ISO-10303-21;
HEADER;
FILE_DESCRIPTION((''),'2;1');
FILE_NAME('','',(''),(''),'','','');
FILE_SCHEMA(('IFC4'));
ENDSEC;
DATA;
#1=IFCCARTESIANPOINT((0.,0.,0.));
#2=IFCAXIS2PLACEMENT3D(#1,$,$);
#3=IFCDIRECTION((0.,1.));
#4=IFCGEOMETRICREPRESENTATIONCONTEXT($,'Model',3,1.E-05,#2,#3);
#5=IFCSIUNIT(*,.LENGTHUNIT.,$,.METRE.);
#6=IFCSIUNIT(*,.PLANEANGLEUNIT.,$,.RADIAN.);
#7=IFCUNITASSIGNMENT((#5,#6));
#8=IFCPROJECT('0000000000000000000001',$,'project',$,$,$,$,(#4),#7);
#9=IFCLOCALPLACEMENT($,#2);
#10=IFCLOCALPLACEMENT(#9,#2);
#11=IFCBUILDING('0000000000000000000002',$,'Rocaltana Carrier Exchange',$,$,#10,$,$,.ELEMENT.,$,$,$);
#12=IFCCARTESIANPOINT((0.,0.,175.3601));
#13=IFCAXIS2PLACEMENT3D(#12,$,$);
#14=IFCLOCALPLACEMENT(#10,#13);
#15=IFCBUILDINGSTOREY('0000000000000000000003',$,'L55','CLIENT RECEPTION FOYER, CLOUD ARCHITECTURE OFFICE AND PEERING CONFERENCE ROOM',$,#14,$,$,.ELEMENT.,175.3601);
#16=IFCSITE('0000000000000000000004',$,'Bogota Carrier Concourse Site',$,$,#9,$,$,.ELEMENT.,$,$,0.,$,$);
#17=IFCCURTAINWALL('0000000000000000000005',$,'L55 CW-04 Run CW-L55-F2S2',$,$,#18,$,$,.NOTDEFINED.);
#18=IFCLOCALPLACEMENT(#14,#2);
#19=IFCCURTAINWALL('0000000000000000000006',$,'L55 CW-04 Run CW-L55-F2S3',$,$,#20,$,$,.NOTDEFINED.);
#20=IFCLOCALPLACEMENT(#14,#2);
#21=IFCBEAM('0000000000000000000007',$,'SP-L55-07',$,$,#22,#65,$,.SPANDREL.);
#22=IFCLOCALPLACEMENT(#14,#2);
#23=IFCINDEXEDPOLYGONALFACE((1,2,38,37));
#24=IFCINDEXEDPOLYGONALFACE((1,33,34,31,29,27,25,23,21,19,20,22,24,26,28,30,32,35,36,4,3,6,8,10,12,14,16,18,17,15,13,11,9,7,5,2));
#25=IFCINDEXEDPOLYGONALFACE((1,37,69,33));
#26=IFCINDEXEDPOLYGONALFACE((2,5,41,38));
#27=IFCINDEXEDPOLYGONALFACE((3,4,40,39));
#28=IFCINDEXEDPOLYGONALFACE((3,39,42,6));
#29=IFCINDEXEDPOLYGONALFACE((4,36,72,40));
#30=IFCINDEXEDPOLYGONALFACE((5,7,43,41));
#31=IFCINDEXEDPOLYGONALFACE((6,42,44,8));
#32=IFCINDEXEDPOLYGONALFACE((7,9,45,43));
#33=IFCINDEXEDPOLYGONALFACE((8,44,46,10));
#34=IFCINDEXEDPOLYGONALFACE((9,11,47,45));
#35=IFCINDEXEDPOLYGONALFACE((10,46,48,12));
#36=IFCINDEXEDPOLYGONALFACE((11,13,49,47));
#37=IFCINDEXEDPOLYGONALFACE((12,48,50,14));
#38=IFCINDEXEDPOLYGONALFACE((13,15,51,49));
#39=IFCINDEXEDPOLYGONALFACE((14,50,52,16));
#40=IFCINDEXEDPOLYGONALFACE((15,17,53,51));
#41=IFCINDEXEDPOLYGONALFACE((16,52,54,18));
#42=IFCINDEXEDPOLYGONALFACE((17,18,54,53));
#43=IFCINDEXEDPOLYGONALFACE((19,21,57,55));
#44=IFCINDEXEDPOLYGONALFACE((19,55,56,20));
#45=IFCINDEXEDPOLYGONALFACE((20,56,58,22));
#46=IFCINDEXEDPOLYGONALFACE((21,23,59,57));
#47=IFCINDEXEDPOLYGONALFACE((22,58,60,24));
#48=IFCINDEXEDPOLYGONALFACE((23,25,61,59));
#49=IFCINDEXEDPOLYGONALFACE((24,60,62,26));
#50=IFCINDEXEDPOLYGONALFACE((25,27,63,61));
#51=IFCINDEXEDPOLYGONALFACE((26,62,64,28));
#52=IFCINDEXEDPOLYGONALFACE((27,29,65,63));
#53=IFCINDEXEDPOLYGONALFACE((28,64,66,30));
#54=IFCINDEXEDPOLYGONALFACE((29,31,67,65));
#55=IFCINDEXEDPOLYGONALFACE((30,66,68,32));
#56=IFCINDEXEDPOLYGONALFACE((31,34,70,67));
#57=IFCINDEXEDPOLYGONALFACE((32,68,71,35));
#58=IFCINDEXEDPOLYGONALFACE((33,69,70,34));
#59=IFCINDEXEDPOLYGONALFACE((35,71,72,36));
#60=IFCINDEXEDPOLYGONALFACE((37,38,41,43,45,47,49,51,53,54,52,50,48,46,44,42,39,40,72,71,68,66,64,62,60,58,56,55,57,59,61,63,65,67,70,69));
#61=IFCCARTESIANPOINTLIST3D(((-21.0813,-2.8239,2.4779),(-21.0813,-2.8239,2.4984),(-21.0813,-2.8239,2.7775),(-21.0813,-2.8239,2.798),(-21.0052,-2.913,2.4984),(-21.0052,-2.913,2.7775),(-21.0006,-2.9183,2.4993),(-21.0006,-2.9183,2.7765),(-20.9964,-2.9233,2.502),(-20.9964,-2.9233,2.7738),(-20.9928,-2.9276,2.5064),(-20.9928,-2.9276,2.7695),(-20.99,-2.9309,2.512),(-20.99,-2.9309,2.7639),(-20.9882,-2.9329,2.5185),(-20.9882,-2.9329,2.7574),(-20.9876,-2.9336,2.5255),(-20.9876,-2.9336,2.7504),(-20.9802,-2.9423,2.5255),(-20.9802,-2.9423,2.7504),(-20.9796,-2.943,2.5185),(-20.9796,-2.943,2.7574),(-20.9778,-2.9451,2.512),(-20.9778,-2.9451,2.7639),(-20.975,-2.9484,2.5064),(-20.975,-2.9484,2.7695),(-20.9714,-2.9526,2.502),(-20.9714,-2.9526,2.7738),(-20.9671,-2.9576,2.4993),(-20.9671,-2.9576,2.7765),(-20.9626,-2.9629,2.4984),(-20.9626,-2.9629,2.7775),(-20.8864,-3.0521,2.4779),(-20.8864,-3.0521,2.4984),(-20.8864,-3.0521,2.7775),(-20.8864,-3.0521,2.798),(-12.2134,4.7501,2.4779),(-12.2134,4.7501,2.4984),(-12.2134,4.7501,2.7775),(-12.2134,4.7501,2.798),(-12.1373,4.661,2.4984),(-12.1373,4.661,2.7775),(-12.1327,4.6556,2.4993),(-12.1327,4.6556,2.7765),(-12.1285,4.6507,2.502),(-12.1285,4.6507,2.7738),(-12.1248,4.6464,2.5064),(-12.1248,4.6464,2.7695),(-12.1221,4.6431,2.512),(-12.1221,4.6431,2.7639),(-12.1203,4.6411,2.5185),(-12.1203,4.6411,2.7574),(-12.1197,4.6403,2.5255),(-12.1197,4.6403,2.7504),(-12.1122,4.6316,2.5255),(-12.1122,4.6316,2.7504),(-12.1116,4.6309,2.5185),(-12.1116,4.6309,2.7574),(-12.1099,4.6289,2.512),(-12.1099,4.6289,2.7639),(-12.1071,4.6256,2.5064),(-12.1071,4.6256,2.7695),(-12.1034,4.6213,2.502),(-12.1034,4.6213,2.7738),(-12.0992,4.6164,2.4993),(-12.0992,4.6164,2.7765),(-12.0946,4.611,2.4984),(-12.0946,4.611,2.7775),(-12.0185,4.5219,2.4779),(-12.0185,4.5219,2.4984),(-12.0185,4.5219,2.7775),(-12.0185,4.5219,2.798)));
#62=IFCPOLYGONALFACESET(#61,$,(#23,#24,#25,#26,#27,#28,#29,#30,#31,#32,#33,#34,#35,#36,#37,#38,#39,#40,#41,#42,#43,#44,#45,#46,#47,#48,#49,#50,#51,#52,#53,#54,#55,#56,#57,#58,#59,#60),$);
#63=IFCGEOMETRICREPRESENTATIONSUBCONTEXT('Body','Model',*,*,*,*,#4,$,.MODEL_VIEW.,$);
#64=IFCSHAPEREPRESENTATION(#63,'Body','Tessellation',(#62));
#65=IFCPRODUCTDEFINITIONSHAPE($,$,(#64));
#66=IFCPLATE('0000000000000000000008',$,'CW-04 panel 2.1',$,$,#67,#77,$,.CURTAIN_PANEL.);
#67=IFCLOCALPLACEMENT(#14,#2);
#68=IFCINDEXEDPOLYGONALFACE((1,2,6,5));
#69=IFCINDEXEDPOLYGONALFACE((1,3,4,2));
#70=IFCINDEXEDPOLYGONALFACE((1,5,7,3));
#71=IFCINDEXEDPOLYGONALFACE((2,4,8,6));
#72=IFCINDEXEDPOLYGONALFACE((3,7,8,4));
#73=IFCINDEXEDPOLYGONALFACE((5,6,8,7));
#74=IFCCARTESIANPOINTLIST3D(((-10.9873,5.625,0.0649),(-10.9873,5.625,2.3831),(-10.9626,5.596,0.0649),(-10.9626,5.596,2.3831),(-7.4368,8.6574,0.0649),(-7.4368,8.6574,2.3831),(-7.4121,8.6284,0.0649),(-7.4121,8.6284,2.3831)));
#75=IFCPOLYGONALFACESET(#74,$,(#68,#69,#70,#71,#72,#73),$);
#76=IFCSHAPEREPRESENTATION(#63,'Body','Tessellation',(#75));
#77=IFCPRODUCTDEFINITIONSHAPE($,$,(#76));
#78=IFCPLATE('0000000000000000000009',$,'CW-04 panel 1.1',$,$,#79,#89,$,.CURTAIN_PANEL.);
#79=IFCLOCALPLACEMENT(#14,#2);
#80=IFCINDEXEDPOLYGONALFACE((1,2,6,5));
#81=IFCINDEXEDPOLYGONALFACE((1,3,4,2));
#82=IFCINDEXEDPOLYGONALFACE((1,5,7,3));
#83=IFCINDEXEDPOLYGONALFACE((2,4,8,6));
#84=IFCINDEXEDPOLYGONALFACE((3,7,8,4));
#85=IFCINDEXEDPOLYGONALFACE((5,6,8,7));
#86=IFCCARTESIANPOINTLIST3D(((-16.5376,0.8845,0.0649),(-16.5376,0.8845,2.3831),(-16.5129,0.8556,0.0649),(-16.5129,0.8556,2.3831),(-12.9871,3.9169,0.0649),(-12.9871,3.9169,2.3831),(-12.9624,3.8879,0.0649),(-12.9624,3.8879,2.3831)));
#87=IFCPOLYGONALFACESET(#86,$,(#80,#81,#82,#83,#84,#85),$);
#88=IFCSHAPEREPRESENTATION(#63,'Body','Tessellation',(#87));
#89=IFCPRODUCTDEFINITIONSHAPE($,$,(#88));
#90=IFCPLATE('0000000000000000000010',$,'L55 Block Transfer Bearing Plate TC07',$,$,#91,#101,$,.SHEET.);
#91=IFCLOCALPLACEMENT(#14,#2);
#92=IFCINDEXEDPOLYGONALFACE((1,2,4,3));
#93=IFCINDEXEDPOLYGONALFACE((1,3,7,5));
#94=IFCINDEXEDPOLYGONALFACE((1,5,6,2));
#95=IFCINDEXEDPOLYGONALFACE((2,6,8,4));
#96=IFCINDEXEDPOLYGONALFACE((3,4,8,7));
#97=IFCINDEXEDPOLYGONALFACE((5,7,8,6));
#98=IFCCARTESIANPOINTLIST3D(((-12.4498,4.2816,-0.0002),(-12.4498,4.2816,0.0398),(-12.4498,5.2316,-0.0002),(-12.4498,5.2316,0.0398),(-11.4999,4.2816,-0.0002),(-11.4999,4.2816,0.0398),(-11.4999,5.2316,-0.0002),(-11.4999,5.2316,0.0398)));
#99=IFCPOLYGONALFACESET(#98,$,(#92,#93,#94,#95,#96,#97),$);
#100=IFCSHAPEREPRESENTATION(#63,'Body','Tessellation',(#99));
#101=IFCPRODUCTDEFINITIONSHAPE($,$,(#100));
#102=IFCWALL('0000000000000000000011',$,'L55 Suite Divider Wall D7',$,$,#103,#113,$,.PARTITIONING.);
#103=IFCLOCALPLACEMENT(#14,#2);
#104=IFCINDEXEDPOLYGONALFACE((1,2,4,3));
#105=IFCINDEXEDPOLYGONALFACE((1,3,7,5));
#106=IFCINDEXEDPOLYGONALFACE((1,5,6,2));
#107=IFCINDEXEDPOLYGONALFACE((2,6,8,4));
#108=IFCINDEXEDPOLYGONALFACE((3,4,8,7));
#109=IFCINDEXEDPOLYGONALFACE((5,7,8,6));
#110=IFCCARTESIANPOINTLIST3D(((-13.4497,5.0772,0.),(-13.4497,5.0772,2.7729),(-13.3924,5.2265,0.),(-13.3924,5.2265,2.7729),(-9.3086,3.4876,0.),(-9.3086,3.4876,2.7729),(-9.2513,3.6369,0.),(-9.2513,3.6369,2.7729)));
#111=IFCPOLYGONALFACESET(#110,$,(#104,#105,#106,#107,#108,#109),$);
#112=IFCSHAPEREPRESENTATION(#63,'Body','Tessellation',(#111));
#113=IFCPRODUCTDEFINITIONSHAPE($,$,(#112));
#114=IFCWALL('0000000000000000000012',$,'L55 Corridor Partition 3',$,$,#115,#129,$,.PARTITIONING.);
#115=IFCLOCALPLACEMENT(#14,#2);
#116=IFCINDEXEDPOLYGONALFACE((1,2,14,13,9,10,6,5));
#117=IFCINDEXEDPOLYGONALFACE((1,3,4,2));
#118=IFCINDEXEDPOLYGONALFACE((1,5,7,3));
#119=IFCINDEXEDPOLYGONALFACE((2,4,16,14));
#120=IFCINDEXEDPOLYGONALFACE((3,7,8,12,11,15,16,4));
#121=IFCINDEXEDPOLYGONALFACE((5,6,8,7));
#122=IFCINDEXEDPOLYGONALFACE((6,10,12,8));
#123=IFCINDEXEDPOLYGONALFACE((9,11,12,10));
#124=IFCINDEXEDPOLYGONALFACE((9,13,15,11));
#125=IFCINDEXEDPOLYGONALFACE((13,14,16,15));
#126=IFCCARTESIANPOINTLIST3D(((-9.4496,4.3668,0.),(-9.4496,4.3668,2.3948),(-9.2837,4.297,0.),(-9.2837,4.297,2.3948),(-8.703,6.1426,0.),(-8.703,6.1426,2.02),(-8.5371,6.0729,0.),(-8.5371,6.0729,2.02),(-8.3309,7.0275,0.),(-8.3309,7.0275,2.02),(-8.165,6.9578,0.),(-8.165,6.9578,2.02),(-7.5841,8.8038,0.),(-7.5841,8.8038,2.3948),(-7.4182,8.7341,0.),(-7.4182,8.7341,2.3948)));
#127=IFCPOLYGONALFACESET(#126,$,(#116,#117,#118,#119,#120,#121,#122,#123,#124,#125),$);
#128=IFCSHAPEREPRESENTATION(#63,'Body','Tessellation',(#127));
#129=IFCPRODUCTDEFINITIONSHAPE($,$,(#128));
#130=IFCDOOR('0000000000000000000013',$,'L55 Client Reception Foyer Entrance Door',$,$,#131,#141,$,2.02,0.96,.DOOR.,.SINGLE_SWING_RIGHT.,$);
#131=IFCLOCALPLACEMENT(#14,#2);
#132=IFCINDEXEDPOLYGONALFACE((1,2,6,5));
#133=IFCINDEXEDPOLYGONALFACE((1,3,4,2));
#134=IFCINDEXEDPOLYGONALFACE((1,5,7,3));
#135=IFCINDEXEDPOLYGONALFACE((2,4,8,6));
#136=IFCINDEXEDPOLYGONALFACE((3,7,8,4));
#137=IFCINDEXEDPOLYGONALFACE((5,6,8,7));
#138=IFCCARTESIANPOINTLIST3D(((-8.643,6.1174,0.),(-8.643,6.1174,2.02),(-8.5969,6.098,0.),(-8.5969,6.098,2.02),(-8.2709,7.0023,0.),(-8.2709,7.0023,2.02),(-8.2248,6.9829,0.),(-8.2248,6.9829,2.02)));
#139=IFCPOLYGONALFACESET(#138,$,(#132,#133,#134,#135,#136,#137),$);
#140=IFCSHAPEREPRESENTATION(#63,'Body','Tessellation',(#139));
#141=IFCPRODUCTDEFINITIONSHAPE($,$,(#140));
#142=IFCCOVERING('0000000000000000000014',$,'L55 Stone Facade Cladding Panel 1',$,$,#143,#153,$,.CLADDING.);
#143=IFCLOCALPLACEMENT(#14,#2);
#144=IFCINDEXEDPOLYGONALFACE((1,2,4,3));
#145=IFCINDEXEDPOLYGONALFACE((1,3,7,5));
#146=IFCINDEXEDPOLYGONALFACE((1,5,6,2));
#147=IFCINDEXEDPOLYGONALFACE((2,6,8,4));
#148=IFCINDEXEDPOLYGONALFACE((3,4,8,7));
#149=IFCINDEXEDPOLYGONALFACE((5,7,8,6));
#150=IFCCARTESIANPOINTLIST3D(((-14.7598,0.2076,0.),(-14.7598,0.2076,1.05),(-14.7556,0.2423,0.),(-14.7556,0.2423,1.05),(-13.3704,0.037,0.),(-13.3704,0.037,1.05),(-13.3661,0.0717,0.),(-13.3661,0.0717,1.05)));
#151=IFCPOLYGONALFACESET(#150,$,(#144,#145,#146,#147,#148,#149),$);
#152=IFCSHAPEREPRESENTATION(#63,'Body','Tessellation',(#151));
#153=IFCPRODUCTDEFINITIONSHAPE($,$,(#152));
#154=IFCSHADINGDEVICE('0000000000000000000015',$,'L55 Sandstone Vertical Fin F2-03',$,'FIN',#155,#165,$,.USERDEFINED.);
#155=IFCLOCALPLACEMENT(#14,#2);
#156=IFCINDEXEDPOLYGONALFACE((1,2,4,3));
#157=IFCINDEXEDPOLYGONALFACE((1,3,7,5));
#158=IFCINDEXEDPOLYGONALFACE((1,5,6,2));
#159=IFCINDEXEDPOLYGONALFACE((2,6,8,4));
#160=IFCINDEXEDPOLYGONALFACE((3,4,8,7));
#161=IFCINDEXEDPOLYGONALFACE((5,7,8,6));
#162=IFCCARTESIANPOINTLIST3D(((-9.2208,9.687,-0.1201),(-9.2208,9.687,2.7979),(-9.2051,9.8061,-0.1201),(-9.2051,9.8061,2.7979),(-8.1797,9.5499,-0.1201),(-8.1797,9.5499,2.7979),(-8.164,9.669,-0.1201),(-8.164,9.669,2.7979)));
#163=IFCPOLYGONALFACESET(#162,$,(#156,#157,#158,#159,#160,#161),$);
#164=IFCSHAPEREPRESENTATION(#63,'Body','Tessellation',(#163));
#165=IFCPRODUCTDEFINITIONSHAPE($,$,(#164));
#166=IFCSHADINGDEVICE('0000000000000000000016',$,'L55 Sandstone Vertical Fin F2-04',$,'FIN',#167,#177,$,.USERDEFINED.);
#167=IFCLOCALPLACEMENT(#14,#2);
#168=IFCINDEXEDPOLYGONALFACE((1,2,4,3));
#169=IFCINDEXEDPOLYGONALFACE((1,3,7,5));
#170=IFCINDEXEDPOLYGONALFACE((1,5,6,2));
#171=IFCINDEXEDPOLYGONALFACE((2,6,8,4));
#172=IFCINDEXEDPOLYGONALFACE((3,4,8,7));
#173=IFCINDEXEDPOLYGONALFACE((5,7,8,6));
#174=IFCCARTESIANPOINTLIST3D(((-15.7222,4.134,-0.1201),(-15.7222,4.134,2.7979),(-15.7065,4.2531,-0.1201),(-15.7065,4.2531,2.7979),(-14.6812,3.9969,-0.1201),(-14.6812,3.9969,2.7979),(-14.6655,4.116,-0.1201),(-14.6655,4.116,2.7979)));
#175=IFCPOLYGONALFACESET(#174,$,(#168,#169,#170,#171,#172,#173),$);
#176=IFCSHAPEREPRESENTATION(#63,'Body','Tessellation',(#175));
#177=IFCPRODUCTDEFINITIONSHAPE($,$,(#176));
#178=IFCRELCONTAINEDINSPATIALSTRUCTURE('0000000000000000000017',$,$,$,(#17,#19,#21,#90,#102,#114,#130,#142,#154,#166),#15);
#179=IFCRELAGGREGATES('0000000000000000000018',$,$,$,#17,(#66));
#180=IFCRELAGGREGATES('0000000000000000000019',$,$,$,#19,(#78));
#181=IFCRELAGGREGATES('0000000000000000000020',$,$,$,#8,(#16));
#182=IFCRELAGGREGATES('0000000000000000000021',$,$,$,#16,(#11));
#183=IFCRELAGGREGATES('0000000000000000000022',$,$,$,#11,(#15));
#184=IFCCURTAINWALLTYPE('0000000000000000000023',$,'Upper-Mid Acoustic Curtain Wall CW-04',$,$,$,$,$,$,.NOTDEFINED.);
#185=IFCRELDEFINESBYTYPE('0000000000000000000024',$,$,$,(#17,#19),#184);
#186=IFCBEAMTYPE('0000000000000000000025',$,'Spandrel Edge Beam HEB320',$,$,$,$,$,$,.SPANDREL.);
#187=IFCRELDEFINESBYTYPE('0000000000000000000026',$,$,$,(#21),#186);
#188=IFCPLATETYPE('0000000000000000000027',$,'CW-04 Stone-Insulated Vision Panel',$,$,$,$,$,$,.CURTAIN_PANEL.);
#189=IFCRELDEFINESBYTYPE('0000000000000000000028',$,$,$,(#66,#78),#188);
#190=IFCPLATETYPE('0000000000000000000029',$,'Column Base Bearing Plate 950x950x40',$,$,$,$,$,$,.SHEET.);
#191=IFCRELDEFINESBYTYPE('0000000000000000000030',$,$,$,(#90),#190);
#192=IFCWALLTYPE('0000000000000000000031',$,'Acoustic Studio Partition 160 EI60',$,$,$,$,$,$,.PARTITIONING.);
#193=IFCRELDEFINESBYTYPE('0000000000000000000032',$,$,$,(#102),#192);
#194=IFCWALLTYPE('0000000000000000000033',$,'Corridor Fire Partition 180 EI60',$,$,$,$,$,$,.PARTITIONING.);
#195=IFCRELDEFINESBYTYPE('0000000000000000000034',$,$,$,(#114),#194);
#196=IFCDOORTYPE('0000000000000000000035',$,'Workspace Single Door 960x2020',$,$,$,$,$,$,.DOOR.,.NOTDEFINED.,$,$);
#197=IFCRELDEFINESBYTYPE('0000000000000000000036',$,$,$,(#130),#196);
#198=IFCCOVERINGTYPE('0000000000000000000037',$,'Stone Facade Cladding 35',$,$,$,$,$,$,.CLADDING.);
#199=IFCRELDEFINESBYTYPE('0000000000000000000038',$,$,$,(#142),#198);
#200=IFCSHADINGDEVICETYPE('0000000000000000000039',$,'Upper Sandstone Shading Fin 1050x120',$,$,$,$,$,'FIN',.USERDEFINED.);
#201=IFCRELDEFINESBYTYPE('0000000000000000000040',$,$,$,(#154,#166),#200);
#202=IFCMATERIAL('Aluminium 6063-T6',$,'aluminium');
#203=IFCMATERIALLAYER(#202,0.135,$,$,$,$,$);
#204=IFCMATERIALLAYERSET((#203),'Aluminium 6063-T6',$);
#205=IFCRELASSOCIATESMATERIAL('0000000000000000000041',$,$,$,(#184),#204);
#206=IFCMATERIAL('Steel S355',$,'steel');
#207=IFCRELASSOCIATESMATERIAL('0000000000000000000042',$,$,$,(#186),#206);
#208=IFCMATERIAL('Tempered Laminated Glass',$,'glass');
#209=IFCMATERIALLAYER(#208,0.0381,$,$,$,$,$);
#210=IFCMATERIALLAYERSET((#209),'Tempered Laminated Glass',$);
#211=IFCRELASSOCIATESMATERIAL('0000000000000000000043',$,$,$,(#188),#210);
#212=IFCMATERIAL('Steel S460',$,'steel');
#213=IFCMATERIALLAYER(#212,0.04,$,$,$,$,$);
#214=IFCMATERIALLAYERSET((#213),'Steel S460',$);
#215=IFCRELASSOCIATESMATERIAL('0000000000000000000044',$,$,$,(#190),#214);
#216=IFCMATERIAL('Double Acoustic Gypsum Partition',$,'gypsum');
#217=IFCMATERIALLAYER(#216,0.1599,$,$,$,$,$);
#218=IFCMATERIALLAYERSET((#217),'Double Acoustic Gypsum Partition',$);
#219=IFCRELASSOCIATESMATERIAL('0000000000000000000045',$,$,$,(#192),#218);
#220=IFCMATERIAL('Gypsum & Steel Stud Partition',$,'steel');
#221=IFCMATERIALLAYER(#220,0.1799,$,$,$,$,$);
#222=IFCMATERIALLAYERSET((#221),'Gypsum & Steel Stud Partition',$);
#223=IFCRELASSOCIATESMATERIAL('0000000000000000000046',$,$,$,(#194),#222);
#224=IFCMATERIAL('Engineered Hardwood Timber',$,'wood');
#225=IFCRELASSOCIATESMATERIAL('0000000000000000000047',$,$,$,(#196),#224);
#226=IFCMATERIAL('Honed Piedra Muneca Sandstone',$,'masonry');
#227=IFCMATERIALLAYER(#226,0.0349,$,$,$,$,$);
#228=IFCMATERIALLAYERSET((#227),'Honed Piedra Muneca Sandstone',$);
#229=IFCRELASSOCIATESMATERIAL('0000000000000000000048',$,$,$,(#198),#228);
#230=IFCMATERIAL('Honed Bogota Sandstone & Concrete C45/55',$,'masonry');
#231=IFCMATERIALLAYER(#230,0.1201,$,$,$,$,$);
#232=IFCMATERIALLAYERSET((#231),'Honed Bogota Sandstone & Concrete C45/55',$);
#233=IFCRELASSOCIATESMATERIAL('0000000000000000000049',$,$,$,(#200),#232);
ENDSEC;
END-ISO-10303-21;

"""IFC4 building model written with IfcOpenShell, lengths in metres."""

from ifc_helpers import new_model, si_unit, direction, frame, frame_2d, origin, origin_2d, place, context, subcontext, project, spatial, rectangle, i_section, extrude, material, layer, layer_set, material_profile, profile_set, type_object, element, fill, aggregate, save


model = new_model("IFC4")

# Units and contexts
model_context = context("Model", 3, precision=1e-05, world=origin(), true_north=direction((0.0, 1.0)))
body_context = subcontext(model_context, "Body", "Model", "MODEL_VIEW")
ifc_project = project(units=[si_unit("LENGTHUNIT", "METRE"), si_unit("PLANEANGLEUNIT", "RADIAN")], contexts=[model_context])

# Site, building, storey
site_placement = place(None, origin())
site = spatial("IfcSite", under=ifc_project, at=site_placement, Name="Bogota Carrier Concourse Site", CompositionType="ELEMENT", RefElevation=0.0)
building_placement = place(site_placement, origin())
building = spatial("IfcBuilding", under=site, at=building_placement, Name="Rocaltana Carrier Exchange", CompositionType="ELEMENT")
storey_placement = place(building_placement, frame((0.0, 0.0, 175.3601)))
storey = spatial("IfcBuildingStorey", under=building, at=storey_placement, Name="L55", Description="CLIENT RECEPTION FOYER, CLOUD ARCHITECTURE OFFICE AND PEERING CONFERENCE ROOM", CompositionType="ELEMENT", Elevation=175.3601)

# Curtain wall
ifc_material_1 = material(Name="Aluminium 6063-T6", Category="aluminium")
ifc_layer_1 = layer(ifc_material_1, 0.135)
ifc_layer_set_1 = layer_set([ifc_layer_1], Name="Aluminium 6063-T6")
curtain_wall_type = type_object("IfcCurtainWallType", Name="Upper-Mid Acoustic Curtain Wall CW-04", PredefinedType="NOTDEFINED", material=ifc_layer_set_1)
curtain_wall_1_placement = place(storey_placement, origin())
curtain_wall_1 = element("IfcCurtainWall", 1, at=curtain_wall_1_placement, inside=storey, type_object=curtain_wall_type, Name="L55 CW-04 Run CW-L55-F2S2", PredefinedType="NOTDEFINED")

# Curtain wall
curtain_wall_2_placement = place(storey_placement, origin())
curtain_wall_2 = element("IfcCurtainWall", 2, at=curtain_wall_2_placement, inside=storey, type_object=curtain_wall_type, Name="L55 CW-04 Run CW-L55-F2S3", PredefinedType="NOTDEFINED")

# Beam
ifc_material_2 = material(Name="Steel S355", Category="steel")
ifc_material_profile_1 = material_profile(ifc_material_2, i_section(OverallWidth=0.3, OverallDepth=0.3201, WebThickness=0.0115, FlangeThickness=0.0205, FilletRadius=0.0271, at=origin_2d()), Name="HEB320")
ifc_profile_set_1 = profile_set([ifc_material_profile_1], Name="Steel S355")
beam_type_1 = type_object("IfcBeamType", Name="Spandrel Edge Beam HEB320", PredefinedType="SPANDREL", material=ifc_profile_set_1)
beam_1_placement = place(storey_placement, frame((-12.116, 4.636, 2.6379), z_axis=(-0.760404, -0.649451, 0.0), x_axis=(0.649451, -0.760404, 0.0)))
element("IfcBeam", 3, at=beam_1_placement, inside=storey, type_object=beam_type_1, Name="SP-L55-07", PredefinedType="SPANDREL", context=body_context, shape_type="SweptSolid", body=[
    extrude(i_section(OverallWidth=0.3, OverallDepth=0.3201, WebThickness=0.0115, FlangeThickness=0.0205, FilletRadius=0.0271, at=origin_2d()), origin(), (0.0, 0.0, 1.0), 11.6621),
])

# Plates
ifc_material_3 = material(Name="Tempered Laminated Glass", Category="glass")
ifc_layer_2 = layer(ifc_material_3, 0.0381)
ifc_layer_set_2 = layer_set([ifc_layer_2], Name="Tempered Laminated Glass")
plate_type_1 = type_object("IfcPlateType", Name="CW-04 Stone-Insulated Vision Panel", PredefinedType="CURTAIN_PANEL", material=ifc_layer_set_2)
plate_1_placement = place(storey_placement, frame((-9.1997, 7.1267, 0.0649), z_axis=(0.0, 0.0, 1.0), x_axis=(-0.760401, -0.649454, 0.0)))
plate_1 = element("IfcPlate", 4, at=plate_1_placement, type_object=plate_type_1, Name="CW-04 panel 2.1", PredefinedType="CURTAIN_PANEL", context=body_context, shape_type="SweptSolid", body=[
    extrude(rectangle(XDim=4.6692, YDim=0.0381, at=origin_2d()), origin(), (0.0, 0.0, 1.0), 2.3181),
])
aggregate(curtain_wall_1, [plate_1])
plate_2_placement = place(storey_placement, frame((-14.75, 2.3862, 0.0649), z_axis=(0.0, 0.0, 1.0), x_axis=(-0.760406, -0.649448, 0.0)))
plate_2 = element("IfcPlate", 5, at=plate_2_placement, type_object=plate_type_1, Name="CW-04 panel 1.1", PredefinedType="CURTAIN_PANEL", context=body_context, shape_type="SweptSolid", body=[
    extrude(rectangle(XDim=4.6692, YDim=0.0381, at=origin_2d()), origin(), (0.0, 0.0, 1.0), 2.3181),
])
aggregate(curtain_wall_2, [plate_2])
ifc_material_4 = material(Name="Steel S460", Category="steel")
ifc_layer_3 = layer(ifc_material_4, 0.04)
ifc_layer_set_3 = layer_set([ifc_layer_3], Name="Steel S460")
plate_type_2 = type_object("IfcPlateType", Name="Column Base Bearing Plate 950x950x40", PredefinedType="SHEET", material=ifc_layer_set_3)
plate_3_placement = place(storey_placement, frame((-11.9749, 4.7566, -0.0002), z_axis=(0.0, 0.0, 1.0), x_axis=(1.0, 0.0, 0.0)))
element("IfcPlate", 6, at=plate_3_placement, inside=storey, type_object=plate_type_2, Name="L55 Block Transfer Bearing Plate TC07", PredefinedType="SHEET", context=body_context, shape_type="SweptSolid", body=[
    extrude(rectangle(XDim=0.95, YDim=0.95, at=origin_2d()), origin(), (0.0, 0.0, 1.0), 0.04),
])

# Wall
ifc_material_5 = material(Name="Double Acoustic Gypsum Partition", Category="gypsum")
ifc_layer_4 = layer(ifc_material_5, 0.1599)
ifc_layer_set_4 = layer_set([ifc_layer_4], Name="Double Acoustic Gypsum Partition")
wall_type_1 = type_object("IfcWallType", Name="Acoustic Studio Partition 160 EI60", PredefinedType="PARTITIONING", material=ifc_layer_set_4)
wall_1_placement = place(storey_placement, frame((-9.28, 3.5623, 0.0), z_axis=(0.0, 0.0, 1.0), x_axis=(-0.933582, 0.358363, 0.0)))
element("IfcWall", 7, at=wall_1_placement, inside=storey, type_object=wall_type_1, Name="L55 Suite Divider Wall D7", PredefinedType="PARTITIONING", context=body_context, shape_type="SweptSolid", body=[
    extrude(rectangle(XDim=4.4358, YDim=0.1599, at=frame_2d((2.2178, 0.0))), origin(), (0.0, 0.0, 1.0), 2.7729),
])

# Wall, opening, door
ifc_material_6 = material(Name="Gypsum & Steel Stud Partition", Category="steel")
ifc_layer_5 = layer(ifc_material_6, 0.1799)
ifc_layer_set_5 = layer_set([ifc_layer_5], Name="Gypsum & Steel Stud Partition")
wall_type_2 = type_object("IfcWallType", Name="Corridor Fire Partition 180 EI60", PredefinedType="PARTITIONING", material=ifc_layer_set_5)
wall_2_placement = place(storey_placement, frame((-9.3667, 4.3318, 0.0), z_axis=(0.0, 0.0, 1.0), x_axis=(0.387574, 0.921839, 0.0)))
wall_2 = element("IfcWall", 8, at=wall_2_placement, inside=storey, type_object=wall_type_2, Name="L55 Corridor Partition 3", PredefinedType="PARTITIONING", context=body_context, shape_type="SweptSolid", body=[
    extrude(rectangle(XDim=4.8132, YDim=0.1799, at=frame_2d((2.4067, 0.0))), origin(), (0.0, 0.0, 1.0), 2.3948),
])
opening_placement = place(wall_2_placement, frame((1.9265, 0.0, 0.0)))
opening = element("IfcOpeningElement", 9, at=opening_placement, cuts=wall_2, PredefinedType="OPENING", context=body_context, shape_type="SweptSolid", body=[
    extrude(rectangle(XDim=0.96, YDim=2.02, at=frame_2d((0.48, 1.01))), frame((0.0, 0.0999, 0.0), z_axis=(0.0, -1.0, 0.0), x_axis=(1.0, 0.0, 0.0)), (0.0, 0.0, 1.0), 0.2),
])
ifc_material_7 = material(Name="Engineered Hardwood Timber", Category="wood")
door_type = type_object("IfcDoorType", Name="Workspace Single Door 960x2020", OperationType="NOTDEFINED", PredefinedType="DOOR", material=ifc_material_7)
door_placement = place(opening_placement, origin())
door = element("IfcDoor", 10, at=door_placement, inside=storey, type_object=door_type, Name="L55 Client Reception Foyer Entrance Door", OperationType="SINGLE_SWING_RIGHT", OverallHeight=2.02, OverallWidth=0.96, PredefinedType="DOOR", context=body_context, shape_type="SweptSolid", body=[
    extrude(rectangle(XDim=0.96, YDim=2.02, at=frame_2d((0.48, 1.01))), frame((0.0, 0.0249, 0.0), z_axis=(0.0, -1.0, 0.0), x_axis=(1.0, 0.0, 0.0)), (0.0, 0.0, 1.0), 0.05),
])
fill(opening, door)

# Covering
ifc_material_8 = material(Name="Honed Piedra Muneca Sandstone", Category="masonry")
ifc_layer_6 = layer(ifc_material_8, 0.0349)
ifc_layer_set_6 = layer_set([ifc_layer_6], Name="Honed Piedra Muneca Sandstone")
covering_type = type_object("IfcCoveringType", Name="Stone Facade Cladding 35", PredefinedType="CLADDING", material=ifc_layer_set_6)
covering_placement = place(storey_placement, frame((-14.063, 0.1396, 0.0), z_axis=(0.0, 0.0, 1.0), x_axis=(-0.992546, 0.121869, 0.0)))
element("IfcCovering", 11, at=covering_placement, inside=storey, type_object=covering_type, Name="L55 Stone Facade Cladding Panel 1", PredefinedType="CLADDING", context=body_context, shape_type="SweptSolid", body=[
    extrude(rectangle(XDim=1.3999, YDim=0.0349, at=origin_2d()), origin(), (0.0, 0.0, 1.0), 1.05),
])

# Shading devices
ifc_material_9 = material(Name="Honed Bogota Sandstone & Concrete C45/55", Category="masonry")
ifc_layer_7 = layer(ifc_material_9, 0.1201)
ifc_layer_set_7 = layer_set([ifc_layer_7], Name="Honed Bogota Sandstone & Concrete C45/55")
shading_device_type = type_object("IfcShadingDeviceType", Name="Upper Sandstone Shading Fin 1050x120", ElementType="FIN", PredefinedType="USERDEFINED", material=ifc_layer_set_7)
for number, where, z_axis, x_axis, name in (
    (12, (-8.6924, 9.678, -0.1201), (0.0, 0.0, 1.0), (-0.991445, 0.130526, 0.0), "L55 Sandstone Vertical Fin F2-03"),
    (13, (-15.1938, 4.125, -0.1201), (0.0, 0.0, 1.0), (-0.991445, 0.130526, 0.0), "L55 Sandstone Vertical Fin F2-04"),
):
    element("IfcShadingDevice", number, at=place(storey_placement, frame(where, z_axis=z_axis, x_axis=x_axis)), inside=storey, type_object=shading_device_type, Name=name, ObjectType="FIN", PredefinedType="USERDEFINED", context=body_context, shape_type="SweptSolid", body=[
        extrude(rectangle(XDim=1.05, YDim=0.1201, at=origin_2d()), origin(), (0.0, 0.0, 1.0), 2.918),
    ])

save(model, "model.ifc")
